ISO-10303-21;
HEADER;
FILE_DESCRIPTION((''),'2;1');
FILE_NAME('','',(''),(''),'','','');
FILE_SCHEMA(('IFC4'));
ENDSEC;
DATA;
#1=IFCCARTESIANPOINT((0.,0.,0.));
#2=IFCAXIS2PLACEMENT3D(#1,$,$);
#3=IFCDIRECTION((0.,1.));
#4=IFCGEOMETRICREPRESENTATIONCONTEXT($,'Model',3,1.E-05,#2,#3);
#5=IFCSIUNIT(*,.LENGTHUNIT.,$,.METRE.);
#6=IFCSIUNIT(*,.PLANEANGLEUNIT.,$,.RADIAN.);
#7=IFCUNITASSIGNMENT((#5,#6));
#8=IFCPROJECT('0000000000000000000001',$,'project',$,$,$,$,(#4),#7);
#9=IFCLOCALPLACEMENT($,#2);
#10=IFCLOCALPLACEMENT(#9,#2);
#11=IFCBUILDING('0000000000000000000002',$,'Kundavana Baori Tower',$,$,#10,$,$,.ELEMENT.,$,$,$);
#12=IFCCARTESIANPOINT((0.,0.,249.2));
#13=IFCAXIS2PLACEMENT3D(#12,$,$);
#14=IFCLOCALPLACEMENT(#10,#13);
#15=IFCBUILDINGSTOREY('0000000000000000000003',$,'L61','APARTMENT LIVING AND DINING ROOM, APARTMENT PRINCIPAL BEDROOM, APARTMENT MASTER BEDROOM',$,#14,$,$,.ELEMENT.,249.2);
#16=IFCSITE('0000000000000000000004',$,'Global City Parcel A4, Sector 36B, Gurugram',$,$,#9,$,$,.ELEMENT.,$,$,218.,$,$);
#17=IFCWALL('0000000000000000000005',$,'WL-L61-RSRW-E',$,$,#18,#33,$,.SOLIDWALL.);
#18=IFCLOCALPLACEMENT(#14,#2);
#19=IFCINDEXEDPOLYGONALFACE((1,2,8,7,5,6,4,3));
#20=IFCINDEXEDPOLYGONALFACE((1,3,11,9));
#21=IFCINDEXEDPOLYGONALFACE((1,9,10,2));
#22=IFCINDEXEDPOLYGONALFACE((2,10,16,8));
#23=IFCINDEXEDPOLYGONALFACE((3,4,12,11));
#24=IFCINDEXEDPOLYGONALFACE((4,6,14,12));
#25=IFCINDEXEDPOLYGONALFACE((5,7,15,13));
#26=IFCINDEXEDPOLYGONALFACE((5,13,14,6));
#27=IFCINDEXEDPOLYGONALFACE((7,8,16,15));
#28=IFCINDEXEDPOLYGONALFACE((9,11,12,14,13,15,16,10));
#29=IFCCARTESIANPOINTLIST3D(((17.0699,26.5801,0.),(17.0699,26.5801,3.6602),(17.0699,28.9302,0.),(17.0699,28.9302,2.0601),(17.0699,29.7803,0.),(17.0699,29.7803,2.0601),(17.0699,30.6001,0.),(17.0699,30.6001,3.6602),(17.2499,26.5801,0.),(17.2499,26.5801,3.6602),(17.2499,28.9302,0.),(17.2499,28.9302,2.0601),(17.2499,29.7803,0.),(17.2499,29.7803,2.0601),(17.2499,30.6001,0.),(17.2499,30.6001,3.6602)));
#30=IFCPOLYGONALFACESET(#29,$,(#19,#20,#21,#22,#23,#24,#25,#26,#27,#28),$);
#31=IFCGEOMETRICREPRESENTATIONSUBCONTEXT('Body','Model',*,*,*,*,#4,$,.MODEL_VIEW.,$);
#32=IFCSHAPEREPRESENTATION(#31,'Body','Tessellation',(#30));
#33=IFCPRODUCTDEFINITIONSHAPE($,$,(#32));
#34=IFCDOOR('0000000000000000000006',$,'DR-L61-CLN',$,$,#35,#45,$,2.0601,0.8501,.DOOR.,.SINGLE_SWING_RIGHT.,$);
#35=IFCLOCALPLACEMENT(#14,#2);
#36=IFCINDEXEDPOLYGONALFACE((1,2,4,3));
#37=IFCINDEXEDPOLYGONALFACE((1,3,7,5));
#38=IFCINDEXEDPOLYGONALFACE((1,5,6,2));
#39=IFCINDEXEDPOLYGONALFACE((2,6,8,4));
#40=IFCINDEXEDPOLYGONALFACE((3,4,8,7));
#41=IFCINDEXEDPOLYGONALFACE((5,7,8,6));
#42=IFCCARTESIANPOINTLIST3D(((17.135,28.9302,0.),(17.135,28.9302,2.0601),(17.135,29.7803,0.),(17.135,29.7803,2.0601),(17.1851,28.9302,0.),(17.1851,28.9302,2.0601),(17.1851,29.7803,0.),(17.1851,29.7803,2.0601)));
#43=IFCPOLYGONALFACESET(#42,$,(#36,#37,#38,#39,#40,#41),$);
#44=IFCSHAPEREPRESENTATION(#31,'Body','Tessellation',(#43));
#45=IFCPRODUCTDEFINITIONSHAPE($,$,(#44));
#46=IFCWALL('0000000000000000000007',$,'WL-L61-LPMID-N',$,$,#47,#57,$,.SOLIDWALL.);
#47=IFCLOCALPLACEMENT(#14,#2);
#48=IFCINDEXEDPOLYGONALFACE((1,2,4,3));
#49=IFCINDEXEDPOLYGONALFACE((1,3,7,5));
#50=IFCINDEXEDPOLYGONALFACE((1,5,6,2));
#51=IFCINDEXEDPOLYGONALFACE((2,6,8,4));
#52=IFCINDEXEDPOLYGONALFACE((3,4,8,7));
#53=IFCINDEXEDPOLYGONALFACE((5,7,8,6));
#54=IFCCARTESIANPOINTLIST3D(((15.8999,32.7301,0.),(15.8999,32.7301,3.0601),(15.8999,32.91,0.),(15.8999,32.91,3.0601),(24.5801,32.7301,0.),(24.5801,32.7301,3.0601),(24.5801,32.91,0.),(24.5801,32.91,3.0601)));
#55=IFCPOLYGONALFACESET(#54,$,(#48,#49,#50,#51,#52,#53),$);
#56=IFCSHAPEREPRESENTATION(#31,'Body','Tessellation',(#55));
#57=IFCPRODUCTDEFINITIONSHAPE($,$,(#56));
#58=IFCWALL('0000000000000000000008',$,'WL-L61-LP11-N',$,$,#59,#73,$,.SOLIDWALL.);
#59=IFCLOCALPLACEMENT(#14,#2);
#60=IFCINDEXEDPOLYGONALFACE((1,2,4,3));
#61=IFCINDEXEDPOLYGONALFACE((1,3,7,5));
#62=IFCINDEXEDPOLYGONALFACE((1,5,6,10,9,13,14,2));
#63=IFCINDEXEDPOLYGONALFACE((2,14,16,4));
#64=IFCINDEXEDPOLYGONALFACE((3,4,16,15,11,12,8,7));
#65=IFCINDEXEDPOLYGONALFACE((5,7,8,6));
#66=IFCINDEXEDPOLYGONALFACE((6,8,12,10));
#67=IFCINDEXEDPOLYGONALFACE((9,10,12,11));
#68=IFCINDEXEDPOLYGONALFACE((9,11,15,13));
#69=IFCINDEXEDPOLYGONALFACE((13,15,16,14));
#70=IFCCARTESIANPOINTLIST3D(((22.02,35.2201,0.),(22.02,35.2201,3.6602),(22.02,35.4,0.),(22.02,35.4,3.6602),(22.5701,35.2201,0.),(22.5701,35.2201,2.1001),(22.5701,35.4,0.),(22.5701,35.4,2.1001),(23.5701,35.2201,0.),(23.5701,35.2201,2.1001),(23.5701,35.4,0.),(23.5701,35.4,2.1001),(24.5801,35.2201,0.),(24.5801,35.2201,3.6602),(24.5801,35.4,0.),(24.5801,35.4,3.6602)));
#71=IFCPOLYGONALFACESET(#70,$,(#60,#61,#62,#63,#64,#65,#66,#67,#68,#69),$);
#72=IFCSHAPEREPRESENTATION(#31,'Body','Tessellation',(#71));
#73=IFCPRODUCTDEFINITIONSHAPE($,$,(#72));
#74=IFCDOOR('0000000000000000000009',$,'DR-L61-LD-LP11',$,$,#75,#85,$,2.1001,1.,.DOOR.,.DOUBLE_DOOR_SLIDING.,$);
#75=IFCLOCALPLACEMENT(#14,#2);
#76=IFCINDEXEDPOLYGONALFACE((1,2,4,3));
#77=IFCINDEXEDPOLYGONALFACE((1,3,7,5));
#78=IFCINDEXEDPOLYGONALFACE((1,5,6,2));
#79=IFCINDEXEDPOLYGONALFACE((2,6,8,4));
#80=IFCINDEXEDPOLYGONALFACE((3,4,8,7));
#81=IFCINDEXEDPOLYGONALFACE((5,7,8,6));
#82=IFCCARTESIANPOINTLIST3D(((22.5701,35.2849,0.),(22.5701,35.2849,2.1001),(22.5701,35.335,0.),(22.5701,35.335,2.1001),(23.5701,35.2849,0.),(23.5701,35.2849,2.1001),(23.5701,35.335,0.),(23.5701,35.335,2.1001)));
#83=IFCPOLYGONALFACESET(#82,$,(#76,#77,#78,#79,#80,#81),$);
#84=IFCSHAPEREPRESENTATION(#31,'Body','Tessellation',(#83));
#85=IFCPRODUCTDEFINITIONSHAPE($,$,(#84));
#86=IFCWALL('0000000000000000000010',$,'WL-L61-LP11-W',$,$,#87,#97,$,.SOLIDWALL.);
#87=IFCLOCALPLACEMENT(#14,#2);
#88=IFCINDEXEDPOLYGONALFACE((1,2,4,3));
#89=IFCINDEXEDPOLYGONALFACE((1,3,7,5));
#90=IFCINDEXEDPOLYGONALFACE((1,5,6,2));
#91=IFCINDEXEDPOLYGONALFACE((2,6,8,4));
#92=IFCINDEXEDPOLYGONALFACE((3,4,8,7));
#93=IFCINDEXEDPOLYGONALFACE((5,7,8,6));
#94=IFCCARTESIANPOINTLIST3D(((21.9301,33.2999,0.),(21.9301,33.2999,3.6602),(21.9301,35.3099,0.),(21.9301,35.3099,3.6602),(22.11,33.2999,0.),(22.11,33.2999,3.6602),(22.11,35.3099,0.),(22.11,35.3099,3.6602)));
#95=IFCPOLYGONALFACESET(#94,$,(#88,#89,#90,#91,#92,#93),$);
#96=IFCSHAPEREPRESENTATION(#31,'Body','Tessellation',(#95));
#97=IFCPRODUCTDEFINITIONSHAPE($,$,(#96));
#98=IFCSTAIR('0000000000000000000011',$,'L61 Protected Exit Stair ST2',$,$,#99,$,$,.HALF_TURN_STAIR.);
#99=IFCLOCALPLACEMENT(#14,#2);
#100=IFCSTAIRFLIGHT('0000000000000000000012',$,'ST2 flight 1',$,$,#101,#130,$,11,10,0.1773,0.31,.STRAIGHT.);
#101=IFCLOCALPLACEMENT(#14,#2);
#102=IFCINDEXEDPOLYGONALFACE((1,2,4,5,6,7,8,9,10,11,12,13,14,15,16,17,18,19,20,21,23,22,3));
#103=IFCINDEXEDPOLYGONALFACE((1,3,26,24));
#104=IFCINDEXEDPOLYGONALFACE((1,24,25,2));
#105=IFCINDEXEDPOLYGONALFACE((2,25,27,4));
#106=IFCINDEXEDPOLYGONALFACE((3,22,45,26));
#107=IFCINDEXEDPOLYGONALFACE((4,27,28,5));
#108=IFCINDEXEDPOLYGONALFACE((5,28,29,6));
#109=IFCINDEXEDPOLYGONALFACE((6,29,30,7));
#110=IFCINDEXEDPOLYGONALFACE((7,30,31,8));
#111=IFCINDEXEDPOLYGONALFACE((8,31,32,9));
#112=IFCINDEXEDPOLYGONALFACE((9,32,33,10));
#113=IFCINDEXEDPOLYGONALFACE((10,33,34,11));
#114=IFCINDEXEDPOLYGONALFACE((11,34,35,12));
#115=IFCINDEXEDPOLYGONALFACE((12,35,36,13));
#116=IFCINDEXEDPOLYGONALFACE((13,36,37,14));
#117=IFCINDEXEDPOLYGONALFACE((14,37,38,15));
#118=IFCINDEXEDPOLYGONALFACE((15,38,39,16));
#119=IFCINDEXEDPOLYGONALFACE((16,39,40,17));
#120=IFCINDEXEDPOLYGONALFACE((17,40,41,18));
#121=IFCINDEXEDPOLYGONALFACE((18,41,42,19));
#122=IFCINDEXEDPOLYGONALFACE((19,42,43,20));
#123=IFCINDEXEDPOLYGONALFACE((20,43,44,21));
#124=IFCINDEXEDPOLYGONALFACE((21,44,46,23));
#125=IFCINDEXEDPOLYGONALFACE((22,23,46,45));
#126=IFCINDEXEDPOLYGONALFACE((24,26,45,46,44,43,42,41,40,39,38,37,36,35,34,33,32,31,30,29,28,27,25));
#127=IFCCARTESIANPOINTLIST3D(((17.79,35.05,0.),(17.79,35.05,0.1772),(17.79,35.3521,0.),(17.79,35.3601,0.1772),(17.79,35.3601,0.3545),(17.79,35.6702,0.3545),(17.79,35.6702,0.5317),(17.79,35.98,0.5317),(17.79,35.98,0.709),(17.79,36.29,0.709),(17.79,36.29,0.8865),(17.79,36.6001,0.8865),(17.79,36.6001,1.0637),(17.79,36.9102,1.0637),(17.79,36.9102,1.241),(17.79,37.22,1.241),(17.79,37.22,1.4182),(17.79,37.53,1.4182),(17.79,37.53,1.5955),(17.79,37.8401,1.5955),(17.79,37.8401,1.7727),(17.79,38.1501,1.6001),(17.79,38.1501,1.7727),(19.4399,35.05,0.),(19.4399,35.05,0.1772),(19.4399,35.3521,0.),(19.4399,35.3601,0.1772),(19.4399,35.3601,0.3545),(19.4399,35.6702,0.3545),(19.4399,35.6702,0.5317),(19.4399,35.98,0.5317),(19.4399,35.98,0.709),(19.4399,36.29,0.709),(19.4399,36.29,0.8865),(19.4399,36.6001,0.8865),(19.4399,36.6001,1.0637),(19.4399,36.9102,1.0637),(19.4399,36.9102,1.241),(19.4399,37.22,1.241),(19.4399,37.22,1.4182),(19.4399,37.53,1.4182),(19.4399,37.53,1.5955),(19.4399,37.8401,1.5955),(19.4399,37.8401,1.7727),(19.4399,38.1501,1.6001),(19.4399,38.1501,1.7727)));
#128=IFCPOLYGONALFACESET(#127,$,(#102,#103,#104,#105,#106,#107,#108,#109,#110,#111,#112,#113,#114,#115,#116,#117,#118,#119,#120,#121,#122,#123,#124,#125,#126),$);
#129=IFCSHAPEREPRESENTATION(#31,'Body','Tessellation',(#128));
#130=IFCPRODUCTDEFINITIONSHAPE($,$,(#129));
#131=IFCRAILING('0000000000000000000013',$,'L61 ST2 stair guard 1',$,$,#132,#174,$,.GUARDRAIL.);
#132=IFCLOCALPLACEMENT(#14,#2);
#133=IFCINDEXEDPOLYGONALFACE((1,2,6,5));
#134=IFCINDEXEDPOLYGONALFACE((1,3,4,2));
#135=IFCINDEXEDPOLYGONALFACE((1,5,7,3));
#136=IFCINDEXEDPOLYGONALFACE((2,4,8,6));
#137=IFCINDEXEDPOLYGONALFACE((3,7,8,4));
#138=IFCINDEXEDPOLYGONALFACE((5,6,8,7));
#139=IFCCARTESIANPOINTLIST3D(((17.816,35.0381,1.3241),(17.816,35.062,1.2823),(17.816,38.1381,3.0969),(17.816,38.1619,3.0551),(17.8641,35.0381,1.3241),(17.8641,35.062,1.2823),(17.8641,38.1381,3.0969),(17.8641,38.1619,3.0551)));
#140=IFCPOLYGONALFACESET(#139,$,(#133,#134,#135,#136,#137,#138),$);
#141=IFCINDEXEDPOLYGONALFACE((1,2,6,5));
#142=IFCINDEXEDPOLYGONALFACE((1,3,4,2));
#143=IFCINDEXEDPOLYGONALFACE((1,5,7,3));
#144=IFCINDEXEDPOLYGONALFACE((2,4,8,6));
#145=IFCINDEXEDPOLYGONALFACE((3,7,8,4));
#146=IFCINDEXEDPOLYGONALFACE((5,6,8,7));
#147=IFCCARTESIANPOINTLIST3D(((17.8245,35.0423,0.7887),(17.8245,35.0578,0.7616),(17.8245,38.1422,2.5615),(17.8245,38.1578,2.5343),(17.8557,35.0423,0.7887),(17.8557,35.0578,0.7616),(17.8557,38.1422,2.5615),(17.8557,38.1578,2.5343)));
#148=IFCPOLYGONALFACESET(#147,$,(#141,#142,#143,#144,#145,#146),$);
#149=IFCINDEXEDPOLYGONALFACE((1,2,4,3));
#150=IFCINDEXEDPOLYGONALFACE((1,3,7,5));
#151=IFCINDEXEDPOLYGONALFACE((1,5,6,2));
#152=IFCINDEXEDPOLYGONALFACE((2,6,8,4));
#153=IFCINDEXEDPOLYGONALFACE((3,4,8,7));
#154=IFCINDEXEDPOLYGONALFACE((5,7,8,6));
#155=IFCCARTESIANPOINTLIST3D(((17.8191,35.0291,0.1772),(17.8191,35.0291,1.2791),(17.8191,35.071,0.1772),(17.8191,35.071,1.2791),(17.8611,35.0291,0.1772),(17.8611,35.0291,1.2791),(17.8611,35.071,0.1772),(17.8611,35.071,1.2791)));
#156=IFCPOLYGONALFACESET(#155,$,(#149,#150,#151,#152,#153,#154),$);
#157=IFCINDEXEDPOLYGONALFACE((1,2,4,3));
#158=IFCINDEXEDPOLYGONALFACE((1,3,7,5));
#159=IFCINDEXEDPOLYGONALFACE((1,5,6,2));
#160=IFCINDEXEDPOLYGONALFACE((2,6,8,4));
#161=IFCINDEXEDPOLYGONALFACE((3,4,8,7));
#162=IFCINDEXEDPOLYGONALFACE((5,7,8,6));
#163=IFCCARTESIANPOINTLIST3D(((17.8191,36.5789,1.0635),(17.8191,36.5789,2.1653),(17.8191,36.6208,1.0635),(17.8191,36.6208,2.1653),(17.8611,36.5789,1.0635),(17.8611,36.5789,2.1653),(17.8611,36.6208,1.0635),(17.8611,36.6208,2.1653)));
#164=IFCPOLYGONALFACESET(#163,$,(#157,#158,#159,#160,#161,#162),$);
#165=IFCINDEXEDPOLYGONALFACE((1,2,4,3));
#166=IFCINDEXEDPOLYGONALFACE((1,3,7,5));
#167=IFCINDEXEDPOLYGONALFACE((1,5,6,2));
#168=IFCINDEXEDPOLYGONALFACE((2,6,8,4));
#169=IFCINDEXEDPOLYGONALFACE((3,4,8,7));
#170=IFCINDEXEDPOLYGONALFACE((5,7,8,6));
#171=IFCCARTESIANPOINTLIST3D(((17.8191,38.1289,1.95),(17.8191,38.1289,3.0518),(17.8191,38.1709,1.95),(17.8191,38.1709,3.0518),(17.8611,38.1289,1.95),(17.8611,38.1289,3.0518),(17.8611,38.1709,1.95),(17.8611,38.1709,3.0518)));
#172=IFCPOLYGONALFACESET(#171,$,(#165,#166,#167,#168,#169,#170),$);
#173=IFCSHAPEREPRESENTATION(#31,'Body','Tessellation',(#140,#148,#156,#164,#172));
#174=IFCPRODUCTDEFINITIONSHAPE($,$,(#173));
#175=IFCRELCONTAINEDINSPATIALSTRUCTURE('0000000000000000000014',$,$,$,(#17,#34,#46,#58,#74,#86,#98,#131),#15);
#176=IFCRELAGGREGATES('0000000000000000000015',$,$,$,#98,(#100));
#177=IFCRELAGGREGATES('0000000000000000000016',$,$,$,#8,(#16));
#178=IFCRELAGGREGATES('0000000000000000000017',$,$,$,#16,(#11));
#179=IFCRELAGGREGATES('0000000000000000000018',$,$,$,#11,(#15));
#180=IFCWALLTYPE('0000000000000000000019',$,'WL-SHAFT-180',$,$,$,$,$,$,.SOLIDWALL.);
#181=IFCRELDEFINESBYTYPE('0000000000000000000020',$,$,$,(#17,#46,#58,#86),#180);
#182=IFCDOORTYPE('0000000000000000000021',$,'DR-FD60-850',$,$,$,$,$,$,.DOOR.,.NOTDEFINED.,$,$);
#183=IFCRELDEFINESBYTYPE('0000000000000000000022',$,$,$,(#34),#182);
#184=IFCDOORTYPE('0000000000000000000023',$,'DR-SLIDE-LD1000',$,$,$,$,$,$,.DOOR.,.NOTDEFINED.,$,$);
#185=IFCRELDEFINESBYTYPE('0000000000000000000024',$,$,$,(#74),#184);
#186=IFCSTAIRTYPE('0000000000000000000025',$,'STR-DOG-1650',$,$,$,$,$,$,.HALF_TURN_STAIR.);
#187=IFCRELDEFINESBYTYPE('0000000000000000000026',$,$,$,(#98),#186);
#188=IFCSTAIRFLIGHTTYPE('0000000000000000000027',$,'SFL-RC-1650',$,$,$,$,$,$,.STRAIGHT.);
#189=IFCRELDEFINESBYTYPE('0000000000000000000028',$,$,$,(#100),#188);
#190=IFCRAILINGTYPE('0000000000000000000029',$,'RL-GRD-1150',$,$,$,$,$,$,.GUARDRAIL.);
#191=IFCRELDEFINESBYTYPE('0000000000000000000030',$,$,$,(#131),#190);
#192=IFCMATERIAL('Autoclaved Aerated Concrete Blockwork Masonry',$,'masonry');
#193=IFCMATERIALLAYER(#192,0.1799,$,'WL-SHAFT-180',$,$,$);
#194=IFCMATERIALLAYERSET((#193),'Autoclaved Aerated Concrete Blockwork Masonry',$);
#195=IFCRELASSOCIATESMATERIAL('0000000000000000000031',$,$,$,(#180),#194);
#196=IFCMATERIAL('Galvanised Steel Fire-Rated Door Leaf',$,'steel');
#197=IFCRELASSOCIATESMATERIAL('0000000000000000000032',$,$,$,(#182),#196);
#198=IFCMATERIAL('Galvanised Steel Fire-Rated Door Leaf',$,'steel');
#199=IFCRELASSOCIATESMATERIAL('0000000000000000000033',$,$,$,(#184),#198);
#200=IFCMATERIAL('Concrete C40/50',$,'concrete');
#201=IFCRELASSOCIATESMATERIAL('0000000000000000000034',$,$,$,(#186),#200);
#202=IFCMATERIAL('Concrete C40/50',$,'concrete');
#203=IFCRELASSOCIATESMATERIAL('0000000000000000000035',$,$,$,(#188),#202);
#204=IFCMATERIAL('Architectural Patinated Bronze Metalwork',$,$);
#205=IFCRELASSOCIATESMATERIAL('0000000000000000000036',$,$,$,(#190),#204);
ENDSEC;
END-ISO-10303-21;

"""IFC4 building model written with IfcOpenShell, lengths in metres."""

from ifc_helpers import new_model, si_unit, direction, frame, frame_2d, origin, origin_2d, place, context, subcontext, project, spatial, polyline, rectangle, outline, extrude, material, layer, layer_set, type_object, element, fill, aggregate, save


model = new_model("IFC4")

# Units and contexts
model_context = context("Model", 3, precision=1e-05, world=origin(), true_north=direction((0.0, 1.0)))
body_context = subcontext(model_context, "Body", "Model", "MODEL_VIEW")
ifc_project = project(units=[si_unit("LENGTHUNIT", "METRE"), si_unit("PLANEANGLEUNIT", "RADIAN")], contexts=[model_context])

# Site, building, storey
site_placement = place(None, origin())
site = spatial("IfcSite", under=ifc_project, at=site_placement, Name="Global City Parcel A4, Sector 36B, Gurugram", CompositionType="ELEMENT", RefElevation=218.0)
building_placement = place(site_placement, origin())
building = spatial("IfcBuilding", under=site, at=building_placement, Name="Kundavana Baori Tower", CompositionType="ELEMENT")
storey_placement = place(building_placement, frame((0.0, 0.0, 249.2)))
storey = spatial("IfcBuildingStorey", under=building, at=storey_placement, Name="L61", Description="APARTMENT LIVING AND DINING ROOM, APARTMENT PRINCIPAL BEDROOM, APARTMENT MASTER BEDROOM", CompositionType="ELEMENT", Elevation=249.2)

# Wall, opening, door
ifc_material_1 = material(Name="Autoclaved Aerated Concrete Blockwork Masonry", Category="masonry")
ifc_layer_1 = layer(ifc_material_1, 0.1799, Name="WL-SHAFT-180")
ifc_layer_set_1 = layer_set([ifc_layer_1], Name="Autoclaved Aerated Concrete Blockwork Masonry")
wall_type_1 = type_object("IfcWallType", Name="WL-SHAFT-180", PredefinedType="SOLIDWALL", material=ifc_layer_set_1)
wall_1_placement = place(storey_placement, frame((17.1599, 26.5801, 0.0), z_axis=(0.0, 0.0, 1.0), x_axis=(0.0, 1.0, 0.0)))
wall_1 = element("IfcWall", 1, at=wall_1_placement, inside=storey, type_object=wall_type_1, Name="WL-L61-RSRW-E", PredefinedType="SOLIDWALL", context=body_context, shape_type="SweptSolid", body=[
    extrude(rectangle(XDim=4.02, YDim=0.1799, at=frame_2d((2.01, 0.0))), origin(), (0.0, 0.0, 1.0), 3.6602),
])
opening_1_placement = place(wall_1_placement, frame((2.3501, 0.0, 0.0)))
opening_1 = element("IfcOpeningElement", 2, at=opening_1_placement, cuts=wall_1, PredefinedType="OPENING", context=body_context, shape_type="SweptSolid", body=[
    extrude(rectangle(XDim=0.8501, YDim=2.0601, at=frame_2d((0.425, 1.03))), frame((0.0, 0.1001, 0.0), z_axis=(0.0, -1.0, 0.0), x_axis=(1.0, 0.0, 0.0)), (0.0, 0.0, 1.0), 0.2),
])
ifc_material_2 = material(Name="Galvanised Steel Fire-Rated Door Leaf", Category="steel")
door_type_1 = type_object("IfcDoorType", Name="DR-FD60-850", OperationType="NOTDEFINED", PredefinedType="DOOR", material=ifc_material_2)
door_1_placement = place(opening_1_placement, origin())
door_1 = element("IfcDoor", 3, at=door_1_placement, inside=storey, type_object=door_type_1, Name="DR-L61-CLN", OperationType="SINGLE_SWING_RIGHT", OverallHeight=2.0601, OverallWidth=0.8501, PredefinedType="DOOR", context=body_context, shape_type="SweptSolid", body=[
    extrude(rectangle(XDim=0.8501, YDim=2.0601, at=frame_2d((0.425, 1.03))), frame((0.0, 0.0249, 0.0), z_axis=(0.0, -1.0, 0.0), x_axis=(1.0, 0.0, 0.0)), (0.0, 0.0, 1.0), 0.05),
])
fill(opening_1, door_1)

# Wall
wall_2_placement = place(storey_placement, frame((15.8999, 32.8201, 0.0), z_axis=(0.0, 0.0, 1.0), x_axis=(1.0, 0.0, 0.0)))
element("IfcWall", 4, at=wall_2_placement, inside=storey, type_object=wall_type_1, Name="WL-L61-LPMID-N", PredefinedType="SOLIDWALL", context=body_context, shape_type="SweptSolid", body=[
    extrude(rectangle(XDim=8.6802, YDim=0.1799, at=frame_2d((4.3401, 0.0))), origin(), (0.0, 0.0, 1.0), 3.0601),
])

# Wall, opening, door
wall_3_placement = place(storey_placement, frame((22.02, 35.3101, 0.0), z_axis=(0.0, 0.0, 1.0), x_axis=(1.0, 0.0, 0.0)))
wall_3 = element("IfcWall", 5, at=wall_3_placement, inside=storey, type_object=wall_type_1, Name="WL-L61-LP11-N", PredefinedType="SOLIDWALL", context=body_context, shape_type="SweptSolid", body=[
    extrude(rectangle(XDim=2.5601, YDim=0.1799, at=frame_2d((1.28, 0.0))), origin(), (0.0, 0.0, 1.0), 3.6602),
])
opening_2_placement = place(wall_3_placement, frame((0.55, 0.0, 0.0)))
opening_2 = element("IfcOpeningElement", 6, at=opening_2_placement, cuts=wall_3, PredefinedType="OPENING", context=body_context, shape_type="SweptSolid", body=[
    extrude(rectangle(XDim=1.0, YDim=2.1001, at=frame_2d((0.5, 1.05))), frame((0.0, 0.1001, 0.0), z_axis=(0.0, -1.0, 0.0), x_axis=(1.0, 0.0, 0.0)), (0.0, 0.0, 1.0), 0.2),
])
ifc_material_3 = material(Name="Galvanised Steel Fire-Rated Door Leaf", Category="steel")
door_type_2 = type_object("IfcDoorType", Name="DR-SLIDE-LD1000", OperationType="NOTDEFINED", PredefinedType="DOOR", material=ifc_material_3)
door_2_placement = place(opening_2_placement, origin())
door_2 = element("IfcDoor", 7, at=door_2_placement, inside=storey, type_object=door_type_2, Name="DR-L61-LD-LP11", OperationType="DOUBLE_DOOR_SLIDING", OverallHeight=2.1001, OverallWidth=1.0, PredefinedType="DOOR", context=body_context, shape_type="SweptSolid", body=[
    extrude(rectangle(XDim=1.0, YDim=2.1001, at=frame_2d((0.5, 1.05))), frame((0.0, 0.0249, 0.0), z_axis=(0.0, -1.0, 0.0), x_axis=(1.0, 0.0, 0.0)), (0.0, 0.0, 1.0), 0.05),
])
fill(opening_2, door_2)

# Wall
wall_4_placement = place(storey_placement, frame((22.02, 33.3, 0.0), z_axis=(0.0, 0.0, 1.0), x_axis=(0.0, 1.0, 0.0)))
element("IfcWall", 8, at=wall_4_placement, inside=storey, type_object=wall_type_1, Name="WL-L61-LP11-W", PredefinedType="SOLIDWALL", context=body_context, shape_type="SweptSolid", body=[
    extrude(rectangle(XDim=2.01, YDim=0.1799, at=frame_2d((1.0049, 0.0))), origin(), (0.0, 0.0, 1.0), 3.6602),
])

# Stair, stair flight
ifc_material_4 = material(Name="Concrete C40/50", Category="concrete")
stair_type = type_object("IfcStairType", Name="STR-DOG-1650", PredefinedType="HALF_TURN_STAIR", material=ifc_material_4)
stair_placement = place(storey_placement, origin())
stair = element("IfcStair", 9, at=stair_placement, inside=storey, type_object=stair_type, Name="L61 Protected Exit Stair ST2", PredefinedType="HALF_TURN_STAIR")
ifc_material_5 = material(Name="Concrete C40/50", Category="concrete")
stair_flight_type = type_object("IfcStairFlightType", Name="SFL-RC-1650", PredefinedType="STRAIGHT", material=ifc_material_5)
stair_flight_placement = place(storey_placement, frame((18.615, 35.05, 0.0), z_axis=(0.0, 0.0, 1.0), x_axis=(0.0, 1.0, 0.0)))
stair_flight = element("IfcStairFlight", 10, at=stair_flight_placement, type_object=stair_flight_type, Name="ST2 flight 1", NumberOfRisers=11, NumberOfTreads=10, PredefinedType="STRAIGHT", RiserHeight=0.1773, TreadLength=0.31, context=body_context, shape_type="SweptSolid", body=[
    extrude(outline(polyline([(0.0, 0.0), (0.0, 0.1772), (0.3101, 0.1772), (0.3101, 0.3545), (0.6201, 0.3545), (0.6201, 0.5317), (0.9299, 0.5317), (0.9299, 0.709), (1.24, 0.709), (1.24, 0.8865), (1.55, 0.8865), (1.55, 1.0637), (1.8601, 1.0637), (1.8601, 1.241), (2.1699, 1.241), (2.1699, 1.4182), (2.48, 1.4182), (2.48, 1.5955), (2.79, 1.5955), (2.79, 1.7727), (3.1001, 1.7727), (3.1001, 1.95), (3.1001, 1.6001), (0.302, 0.0), (0.0, 0.0)])), frame((0.0, 0.825, 0.0), z_axis=(0.0, -1.0, 0.0), x_axis=(1.0, 0.0, 0.0)), (0.0, 0.0, 1.0), 1.6499),
])
aggregate(stair, [stair_flight])

# Railing
ifc_material_6 = material(Name="Architectural Patinated Bronze Metalwork")
railing_type_1 = type_object("IfcRailingType", Name="RL-GRD-1150", PredefinedType="GUARDRAIL", material=ifc_material_6)
railing_1_placement = place(storey_placement, frame((17.8401, 35.05, 0.1772)))
element("IfcRailing", 11, at=railing_1_placement, inside=storey, type_object=railing_type_1, Name="L61 ST2 stair guard 1", PredefinedType="GUARDRAIL", context=body_context, shape_type="SweptSolid", body=[
    extrude(rectangle(XDim=0.0481, YDim=0.0481, at=origin_2d()), frame((0.0, 0.0, 1.126), z_axis=(0.0, 0.868079, 0.496426), x_axis=(-1.0, 0.0, 0.0)), (0.0, 0.0, 1.0), 3.571),
    extrude(rectangle(XDim=0.0312, YDim=0.0312, at=origin_2d()), frame((0.0, 0.0, 0.5979), z_axis=(0.0, 0.868079, 0.496426), x_axis=(-1.0, 0.0, 0.0)), (0.0, 0.0, 1.0), 3.571),
    extrude(rectangle(XDim=0.042, YDim=0.042, at=origin_2d()), origin(), (0.0, 0.0, 1.0), 1.1018),
    extrude(rectangle(XDim=0.042, YDim=0.042, at=origin_2d()), frame((0.0, 1.5498, 0.8862)), (0.0, 0.0, 1.0), 1.1018),
    extrude(rectangle(XDim=0.042, YDim=0.042, at=origin_2d()), frame((0.0, 3.0999, 1.7727)), (0.0, 0.0, 1.0), 1.1018),
])

save(model, "model.ifc")
